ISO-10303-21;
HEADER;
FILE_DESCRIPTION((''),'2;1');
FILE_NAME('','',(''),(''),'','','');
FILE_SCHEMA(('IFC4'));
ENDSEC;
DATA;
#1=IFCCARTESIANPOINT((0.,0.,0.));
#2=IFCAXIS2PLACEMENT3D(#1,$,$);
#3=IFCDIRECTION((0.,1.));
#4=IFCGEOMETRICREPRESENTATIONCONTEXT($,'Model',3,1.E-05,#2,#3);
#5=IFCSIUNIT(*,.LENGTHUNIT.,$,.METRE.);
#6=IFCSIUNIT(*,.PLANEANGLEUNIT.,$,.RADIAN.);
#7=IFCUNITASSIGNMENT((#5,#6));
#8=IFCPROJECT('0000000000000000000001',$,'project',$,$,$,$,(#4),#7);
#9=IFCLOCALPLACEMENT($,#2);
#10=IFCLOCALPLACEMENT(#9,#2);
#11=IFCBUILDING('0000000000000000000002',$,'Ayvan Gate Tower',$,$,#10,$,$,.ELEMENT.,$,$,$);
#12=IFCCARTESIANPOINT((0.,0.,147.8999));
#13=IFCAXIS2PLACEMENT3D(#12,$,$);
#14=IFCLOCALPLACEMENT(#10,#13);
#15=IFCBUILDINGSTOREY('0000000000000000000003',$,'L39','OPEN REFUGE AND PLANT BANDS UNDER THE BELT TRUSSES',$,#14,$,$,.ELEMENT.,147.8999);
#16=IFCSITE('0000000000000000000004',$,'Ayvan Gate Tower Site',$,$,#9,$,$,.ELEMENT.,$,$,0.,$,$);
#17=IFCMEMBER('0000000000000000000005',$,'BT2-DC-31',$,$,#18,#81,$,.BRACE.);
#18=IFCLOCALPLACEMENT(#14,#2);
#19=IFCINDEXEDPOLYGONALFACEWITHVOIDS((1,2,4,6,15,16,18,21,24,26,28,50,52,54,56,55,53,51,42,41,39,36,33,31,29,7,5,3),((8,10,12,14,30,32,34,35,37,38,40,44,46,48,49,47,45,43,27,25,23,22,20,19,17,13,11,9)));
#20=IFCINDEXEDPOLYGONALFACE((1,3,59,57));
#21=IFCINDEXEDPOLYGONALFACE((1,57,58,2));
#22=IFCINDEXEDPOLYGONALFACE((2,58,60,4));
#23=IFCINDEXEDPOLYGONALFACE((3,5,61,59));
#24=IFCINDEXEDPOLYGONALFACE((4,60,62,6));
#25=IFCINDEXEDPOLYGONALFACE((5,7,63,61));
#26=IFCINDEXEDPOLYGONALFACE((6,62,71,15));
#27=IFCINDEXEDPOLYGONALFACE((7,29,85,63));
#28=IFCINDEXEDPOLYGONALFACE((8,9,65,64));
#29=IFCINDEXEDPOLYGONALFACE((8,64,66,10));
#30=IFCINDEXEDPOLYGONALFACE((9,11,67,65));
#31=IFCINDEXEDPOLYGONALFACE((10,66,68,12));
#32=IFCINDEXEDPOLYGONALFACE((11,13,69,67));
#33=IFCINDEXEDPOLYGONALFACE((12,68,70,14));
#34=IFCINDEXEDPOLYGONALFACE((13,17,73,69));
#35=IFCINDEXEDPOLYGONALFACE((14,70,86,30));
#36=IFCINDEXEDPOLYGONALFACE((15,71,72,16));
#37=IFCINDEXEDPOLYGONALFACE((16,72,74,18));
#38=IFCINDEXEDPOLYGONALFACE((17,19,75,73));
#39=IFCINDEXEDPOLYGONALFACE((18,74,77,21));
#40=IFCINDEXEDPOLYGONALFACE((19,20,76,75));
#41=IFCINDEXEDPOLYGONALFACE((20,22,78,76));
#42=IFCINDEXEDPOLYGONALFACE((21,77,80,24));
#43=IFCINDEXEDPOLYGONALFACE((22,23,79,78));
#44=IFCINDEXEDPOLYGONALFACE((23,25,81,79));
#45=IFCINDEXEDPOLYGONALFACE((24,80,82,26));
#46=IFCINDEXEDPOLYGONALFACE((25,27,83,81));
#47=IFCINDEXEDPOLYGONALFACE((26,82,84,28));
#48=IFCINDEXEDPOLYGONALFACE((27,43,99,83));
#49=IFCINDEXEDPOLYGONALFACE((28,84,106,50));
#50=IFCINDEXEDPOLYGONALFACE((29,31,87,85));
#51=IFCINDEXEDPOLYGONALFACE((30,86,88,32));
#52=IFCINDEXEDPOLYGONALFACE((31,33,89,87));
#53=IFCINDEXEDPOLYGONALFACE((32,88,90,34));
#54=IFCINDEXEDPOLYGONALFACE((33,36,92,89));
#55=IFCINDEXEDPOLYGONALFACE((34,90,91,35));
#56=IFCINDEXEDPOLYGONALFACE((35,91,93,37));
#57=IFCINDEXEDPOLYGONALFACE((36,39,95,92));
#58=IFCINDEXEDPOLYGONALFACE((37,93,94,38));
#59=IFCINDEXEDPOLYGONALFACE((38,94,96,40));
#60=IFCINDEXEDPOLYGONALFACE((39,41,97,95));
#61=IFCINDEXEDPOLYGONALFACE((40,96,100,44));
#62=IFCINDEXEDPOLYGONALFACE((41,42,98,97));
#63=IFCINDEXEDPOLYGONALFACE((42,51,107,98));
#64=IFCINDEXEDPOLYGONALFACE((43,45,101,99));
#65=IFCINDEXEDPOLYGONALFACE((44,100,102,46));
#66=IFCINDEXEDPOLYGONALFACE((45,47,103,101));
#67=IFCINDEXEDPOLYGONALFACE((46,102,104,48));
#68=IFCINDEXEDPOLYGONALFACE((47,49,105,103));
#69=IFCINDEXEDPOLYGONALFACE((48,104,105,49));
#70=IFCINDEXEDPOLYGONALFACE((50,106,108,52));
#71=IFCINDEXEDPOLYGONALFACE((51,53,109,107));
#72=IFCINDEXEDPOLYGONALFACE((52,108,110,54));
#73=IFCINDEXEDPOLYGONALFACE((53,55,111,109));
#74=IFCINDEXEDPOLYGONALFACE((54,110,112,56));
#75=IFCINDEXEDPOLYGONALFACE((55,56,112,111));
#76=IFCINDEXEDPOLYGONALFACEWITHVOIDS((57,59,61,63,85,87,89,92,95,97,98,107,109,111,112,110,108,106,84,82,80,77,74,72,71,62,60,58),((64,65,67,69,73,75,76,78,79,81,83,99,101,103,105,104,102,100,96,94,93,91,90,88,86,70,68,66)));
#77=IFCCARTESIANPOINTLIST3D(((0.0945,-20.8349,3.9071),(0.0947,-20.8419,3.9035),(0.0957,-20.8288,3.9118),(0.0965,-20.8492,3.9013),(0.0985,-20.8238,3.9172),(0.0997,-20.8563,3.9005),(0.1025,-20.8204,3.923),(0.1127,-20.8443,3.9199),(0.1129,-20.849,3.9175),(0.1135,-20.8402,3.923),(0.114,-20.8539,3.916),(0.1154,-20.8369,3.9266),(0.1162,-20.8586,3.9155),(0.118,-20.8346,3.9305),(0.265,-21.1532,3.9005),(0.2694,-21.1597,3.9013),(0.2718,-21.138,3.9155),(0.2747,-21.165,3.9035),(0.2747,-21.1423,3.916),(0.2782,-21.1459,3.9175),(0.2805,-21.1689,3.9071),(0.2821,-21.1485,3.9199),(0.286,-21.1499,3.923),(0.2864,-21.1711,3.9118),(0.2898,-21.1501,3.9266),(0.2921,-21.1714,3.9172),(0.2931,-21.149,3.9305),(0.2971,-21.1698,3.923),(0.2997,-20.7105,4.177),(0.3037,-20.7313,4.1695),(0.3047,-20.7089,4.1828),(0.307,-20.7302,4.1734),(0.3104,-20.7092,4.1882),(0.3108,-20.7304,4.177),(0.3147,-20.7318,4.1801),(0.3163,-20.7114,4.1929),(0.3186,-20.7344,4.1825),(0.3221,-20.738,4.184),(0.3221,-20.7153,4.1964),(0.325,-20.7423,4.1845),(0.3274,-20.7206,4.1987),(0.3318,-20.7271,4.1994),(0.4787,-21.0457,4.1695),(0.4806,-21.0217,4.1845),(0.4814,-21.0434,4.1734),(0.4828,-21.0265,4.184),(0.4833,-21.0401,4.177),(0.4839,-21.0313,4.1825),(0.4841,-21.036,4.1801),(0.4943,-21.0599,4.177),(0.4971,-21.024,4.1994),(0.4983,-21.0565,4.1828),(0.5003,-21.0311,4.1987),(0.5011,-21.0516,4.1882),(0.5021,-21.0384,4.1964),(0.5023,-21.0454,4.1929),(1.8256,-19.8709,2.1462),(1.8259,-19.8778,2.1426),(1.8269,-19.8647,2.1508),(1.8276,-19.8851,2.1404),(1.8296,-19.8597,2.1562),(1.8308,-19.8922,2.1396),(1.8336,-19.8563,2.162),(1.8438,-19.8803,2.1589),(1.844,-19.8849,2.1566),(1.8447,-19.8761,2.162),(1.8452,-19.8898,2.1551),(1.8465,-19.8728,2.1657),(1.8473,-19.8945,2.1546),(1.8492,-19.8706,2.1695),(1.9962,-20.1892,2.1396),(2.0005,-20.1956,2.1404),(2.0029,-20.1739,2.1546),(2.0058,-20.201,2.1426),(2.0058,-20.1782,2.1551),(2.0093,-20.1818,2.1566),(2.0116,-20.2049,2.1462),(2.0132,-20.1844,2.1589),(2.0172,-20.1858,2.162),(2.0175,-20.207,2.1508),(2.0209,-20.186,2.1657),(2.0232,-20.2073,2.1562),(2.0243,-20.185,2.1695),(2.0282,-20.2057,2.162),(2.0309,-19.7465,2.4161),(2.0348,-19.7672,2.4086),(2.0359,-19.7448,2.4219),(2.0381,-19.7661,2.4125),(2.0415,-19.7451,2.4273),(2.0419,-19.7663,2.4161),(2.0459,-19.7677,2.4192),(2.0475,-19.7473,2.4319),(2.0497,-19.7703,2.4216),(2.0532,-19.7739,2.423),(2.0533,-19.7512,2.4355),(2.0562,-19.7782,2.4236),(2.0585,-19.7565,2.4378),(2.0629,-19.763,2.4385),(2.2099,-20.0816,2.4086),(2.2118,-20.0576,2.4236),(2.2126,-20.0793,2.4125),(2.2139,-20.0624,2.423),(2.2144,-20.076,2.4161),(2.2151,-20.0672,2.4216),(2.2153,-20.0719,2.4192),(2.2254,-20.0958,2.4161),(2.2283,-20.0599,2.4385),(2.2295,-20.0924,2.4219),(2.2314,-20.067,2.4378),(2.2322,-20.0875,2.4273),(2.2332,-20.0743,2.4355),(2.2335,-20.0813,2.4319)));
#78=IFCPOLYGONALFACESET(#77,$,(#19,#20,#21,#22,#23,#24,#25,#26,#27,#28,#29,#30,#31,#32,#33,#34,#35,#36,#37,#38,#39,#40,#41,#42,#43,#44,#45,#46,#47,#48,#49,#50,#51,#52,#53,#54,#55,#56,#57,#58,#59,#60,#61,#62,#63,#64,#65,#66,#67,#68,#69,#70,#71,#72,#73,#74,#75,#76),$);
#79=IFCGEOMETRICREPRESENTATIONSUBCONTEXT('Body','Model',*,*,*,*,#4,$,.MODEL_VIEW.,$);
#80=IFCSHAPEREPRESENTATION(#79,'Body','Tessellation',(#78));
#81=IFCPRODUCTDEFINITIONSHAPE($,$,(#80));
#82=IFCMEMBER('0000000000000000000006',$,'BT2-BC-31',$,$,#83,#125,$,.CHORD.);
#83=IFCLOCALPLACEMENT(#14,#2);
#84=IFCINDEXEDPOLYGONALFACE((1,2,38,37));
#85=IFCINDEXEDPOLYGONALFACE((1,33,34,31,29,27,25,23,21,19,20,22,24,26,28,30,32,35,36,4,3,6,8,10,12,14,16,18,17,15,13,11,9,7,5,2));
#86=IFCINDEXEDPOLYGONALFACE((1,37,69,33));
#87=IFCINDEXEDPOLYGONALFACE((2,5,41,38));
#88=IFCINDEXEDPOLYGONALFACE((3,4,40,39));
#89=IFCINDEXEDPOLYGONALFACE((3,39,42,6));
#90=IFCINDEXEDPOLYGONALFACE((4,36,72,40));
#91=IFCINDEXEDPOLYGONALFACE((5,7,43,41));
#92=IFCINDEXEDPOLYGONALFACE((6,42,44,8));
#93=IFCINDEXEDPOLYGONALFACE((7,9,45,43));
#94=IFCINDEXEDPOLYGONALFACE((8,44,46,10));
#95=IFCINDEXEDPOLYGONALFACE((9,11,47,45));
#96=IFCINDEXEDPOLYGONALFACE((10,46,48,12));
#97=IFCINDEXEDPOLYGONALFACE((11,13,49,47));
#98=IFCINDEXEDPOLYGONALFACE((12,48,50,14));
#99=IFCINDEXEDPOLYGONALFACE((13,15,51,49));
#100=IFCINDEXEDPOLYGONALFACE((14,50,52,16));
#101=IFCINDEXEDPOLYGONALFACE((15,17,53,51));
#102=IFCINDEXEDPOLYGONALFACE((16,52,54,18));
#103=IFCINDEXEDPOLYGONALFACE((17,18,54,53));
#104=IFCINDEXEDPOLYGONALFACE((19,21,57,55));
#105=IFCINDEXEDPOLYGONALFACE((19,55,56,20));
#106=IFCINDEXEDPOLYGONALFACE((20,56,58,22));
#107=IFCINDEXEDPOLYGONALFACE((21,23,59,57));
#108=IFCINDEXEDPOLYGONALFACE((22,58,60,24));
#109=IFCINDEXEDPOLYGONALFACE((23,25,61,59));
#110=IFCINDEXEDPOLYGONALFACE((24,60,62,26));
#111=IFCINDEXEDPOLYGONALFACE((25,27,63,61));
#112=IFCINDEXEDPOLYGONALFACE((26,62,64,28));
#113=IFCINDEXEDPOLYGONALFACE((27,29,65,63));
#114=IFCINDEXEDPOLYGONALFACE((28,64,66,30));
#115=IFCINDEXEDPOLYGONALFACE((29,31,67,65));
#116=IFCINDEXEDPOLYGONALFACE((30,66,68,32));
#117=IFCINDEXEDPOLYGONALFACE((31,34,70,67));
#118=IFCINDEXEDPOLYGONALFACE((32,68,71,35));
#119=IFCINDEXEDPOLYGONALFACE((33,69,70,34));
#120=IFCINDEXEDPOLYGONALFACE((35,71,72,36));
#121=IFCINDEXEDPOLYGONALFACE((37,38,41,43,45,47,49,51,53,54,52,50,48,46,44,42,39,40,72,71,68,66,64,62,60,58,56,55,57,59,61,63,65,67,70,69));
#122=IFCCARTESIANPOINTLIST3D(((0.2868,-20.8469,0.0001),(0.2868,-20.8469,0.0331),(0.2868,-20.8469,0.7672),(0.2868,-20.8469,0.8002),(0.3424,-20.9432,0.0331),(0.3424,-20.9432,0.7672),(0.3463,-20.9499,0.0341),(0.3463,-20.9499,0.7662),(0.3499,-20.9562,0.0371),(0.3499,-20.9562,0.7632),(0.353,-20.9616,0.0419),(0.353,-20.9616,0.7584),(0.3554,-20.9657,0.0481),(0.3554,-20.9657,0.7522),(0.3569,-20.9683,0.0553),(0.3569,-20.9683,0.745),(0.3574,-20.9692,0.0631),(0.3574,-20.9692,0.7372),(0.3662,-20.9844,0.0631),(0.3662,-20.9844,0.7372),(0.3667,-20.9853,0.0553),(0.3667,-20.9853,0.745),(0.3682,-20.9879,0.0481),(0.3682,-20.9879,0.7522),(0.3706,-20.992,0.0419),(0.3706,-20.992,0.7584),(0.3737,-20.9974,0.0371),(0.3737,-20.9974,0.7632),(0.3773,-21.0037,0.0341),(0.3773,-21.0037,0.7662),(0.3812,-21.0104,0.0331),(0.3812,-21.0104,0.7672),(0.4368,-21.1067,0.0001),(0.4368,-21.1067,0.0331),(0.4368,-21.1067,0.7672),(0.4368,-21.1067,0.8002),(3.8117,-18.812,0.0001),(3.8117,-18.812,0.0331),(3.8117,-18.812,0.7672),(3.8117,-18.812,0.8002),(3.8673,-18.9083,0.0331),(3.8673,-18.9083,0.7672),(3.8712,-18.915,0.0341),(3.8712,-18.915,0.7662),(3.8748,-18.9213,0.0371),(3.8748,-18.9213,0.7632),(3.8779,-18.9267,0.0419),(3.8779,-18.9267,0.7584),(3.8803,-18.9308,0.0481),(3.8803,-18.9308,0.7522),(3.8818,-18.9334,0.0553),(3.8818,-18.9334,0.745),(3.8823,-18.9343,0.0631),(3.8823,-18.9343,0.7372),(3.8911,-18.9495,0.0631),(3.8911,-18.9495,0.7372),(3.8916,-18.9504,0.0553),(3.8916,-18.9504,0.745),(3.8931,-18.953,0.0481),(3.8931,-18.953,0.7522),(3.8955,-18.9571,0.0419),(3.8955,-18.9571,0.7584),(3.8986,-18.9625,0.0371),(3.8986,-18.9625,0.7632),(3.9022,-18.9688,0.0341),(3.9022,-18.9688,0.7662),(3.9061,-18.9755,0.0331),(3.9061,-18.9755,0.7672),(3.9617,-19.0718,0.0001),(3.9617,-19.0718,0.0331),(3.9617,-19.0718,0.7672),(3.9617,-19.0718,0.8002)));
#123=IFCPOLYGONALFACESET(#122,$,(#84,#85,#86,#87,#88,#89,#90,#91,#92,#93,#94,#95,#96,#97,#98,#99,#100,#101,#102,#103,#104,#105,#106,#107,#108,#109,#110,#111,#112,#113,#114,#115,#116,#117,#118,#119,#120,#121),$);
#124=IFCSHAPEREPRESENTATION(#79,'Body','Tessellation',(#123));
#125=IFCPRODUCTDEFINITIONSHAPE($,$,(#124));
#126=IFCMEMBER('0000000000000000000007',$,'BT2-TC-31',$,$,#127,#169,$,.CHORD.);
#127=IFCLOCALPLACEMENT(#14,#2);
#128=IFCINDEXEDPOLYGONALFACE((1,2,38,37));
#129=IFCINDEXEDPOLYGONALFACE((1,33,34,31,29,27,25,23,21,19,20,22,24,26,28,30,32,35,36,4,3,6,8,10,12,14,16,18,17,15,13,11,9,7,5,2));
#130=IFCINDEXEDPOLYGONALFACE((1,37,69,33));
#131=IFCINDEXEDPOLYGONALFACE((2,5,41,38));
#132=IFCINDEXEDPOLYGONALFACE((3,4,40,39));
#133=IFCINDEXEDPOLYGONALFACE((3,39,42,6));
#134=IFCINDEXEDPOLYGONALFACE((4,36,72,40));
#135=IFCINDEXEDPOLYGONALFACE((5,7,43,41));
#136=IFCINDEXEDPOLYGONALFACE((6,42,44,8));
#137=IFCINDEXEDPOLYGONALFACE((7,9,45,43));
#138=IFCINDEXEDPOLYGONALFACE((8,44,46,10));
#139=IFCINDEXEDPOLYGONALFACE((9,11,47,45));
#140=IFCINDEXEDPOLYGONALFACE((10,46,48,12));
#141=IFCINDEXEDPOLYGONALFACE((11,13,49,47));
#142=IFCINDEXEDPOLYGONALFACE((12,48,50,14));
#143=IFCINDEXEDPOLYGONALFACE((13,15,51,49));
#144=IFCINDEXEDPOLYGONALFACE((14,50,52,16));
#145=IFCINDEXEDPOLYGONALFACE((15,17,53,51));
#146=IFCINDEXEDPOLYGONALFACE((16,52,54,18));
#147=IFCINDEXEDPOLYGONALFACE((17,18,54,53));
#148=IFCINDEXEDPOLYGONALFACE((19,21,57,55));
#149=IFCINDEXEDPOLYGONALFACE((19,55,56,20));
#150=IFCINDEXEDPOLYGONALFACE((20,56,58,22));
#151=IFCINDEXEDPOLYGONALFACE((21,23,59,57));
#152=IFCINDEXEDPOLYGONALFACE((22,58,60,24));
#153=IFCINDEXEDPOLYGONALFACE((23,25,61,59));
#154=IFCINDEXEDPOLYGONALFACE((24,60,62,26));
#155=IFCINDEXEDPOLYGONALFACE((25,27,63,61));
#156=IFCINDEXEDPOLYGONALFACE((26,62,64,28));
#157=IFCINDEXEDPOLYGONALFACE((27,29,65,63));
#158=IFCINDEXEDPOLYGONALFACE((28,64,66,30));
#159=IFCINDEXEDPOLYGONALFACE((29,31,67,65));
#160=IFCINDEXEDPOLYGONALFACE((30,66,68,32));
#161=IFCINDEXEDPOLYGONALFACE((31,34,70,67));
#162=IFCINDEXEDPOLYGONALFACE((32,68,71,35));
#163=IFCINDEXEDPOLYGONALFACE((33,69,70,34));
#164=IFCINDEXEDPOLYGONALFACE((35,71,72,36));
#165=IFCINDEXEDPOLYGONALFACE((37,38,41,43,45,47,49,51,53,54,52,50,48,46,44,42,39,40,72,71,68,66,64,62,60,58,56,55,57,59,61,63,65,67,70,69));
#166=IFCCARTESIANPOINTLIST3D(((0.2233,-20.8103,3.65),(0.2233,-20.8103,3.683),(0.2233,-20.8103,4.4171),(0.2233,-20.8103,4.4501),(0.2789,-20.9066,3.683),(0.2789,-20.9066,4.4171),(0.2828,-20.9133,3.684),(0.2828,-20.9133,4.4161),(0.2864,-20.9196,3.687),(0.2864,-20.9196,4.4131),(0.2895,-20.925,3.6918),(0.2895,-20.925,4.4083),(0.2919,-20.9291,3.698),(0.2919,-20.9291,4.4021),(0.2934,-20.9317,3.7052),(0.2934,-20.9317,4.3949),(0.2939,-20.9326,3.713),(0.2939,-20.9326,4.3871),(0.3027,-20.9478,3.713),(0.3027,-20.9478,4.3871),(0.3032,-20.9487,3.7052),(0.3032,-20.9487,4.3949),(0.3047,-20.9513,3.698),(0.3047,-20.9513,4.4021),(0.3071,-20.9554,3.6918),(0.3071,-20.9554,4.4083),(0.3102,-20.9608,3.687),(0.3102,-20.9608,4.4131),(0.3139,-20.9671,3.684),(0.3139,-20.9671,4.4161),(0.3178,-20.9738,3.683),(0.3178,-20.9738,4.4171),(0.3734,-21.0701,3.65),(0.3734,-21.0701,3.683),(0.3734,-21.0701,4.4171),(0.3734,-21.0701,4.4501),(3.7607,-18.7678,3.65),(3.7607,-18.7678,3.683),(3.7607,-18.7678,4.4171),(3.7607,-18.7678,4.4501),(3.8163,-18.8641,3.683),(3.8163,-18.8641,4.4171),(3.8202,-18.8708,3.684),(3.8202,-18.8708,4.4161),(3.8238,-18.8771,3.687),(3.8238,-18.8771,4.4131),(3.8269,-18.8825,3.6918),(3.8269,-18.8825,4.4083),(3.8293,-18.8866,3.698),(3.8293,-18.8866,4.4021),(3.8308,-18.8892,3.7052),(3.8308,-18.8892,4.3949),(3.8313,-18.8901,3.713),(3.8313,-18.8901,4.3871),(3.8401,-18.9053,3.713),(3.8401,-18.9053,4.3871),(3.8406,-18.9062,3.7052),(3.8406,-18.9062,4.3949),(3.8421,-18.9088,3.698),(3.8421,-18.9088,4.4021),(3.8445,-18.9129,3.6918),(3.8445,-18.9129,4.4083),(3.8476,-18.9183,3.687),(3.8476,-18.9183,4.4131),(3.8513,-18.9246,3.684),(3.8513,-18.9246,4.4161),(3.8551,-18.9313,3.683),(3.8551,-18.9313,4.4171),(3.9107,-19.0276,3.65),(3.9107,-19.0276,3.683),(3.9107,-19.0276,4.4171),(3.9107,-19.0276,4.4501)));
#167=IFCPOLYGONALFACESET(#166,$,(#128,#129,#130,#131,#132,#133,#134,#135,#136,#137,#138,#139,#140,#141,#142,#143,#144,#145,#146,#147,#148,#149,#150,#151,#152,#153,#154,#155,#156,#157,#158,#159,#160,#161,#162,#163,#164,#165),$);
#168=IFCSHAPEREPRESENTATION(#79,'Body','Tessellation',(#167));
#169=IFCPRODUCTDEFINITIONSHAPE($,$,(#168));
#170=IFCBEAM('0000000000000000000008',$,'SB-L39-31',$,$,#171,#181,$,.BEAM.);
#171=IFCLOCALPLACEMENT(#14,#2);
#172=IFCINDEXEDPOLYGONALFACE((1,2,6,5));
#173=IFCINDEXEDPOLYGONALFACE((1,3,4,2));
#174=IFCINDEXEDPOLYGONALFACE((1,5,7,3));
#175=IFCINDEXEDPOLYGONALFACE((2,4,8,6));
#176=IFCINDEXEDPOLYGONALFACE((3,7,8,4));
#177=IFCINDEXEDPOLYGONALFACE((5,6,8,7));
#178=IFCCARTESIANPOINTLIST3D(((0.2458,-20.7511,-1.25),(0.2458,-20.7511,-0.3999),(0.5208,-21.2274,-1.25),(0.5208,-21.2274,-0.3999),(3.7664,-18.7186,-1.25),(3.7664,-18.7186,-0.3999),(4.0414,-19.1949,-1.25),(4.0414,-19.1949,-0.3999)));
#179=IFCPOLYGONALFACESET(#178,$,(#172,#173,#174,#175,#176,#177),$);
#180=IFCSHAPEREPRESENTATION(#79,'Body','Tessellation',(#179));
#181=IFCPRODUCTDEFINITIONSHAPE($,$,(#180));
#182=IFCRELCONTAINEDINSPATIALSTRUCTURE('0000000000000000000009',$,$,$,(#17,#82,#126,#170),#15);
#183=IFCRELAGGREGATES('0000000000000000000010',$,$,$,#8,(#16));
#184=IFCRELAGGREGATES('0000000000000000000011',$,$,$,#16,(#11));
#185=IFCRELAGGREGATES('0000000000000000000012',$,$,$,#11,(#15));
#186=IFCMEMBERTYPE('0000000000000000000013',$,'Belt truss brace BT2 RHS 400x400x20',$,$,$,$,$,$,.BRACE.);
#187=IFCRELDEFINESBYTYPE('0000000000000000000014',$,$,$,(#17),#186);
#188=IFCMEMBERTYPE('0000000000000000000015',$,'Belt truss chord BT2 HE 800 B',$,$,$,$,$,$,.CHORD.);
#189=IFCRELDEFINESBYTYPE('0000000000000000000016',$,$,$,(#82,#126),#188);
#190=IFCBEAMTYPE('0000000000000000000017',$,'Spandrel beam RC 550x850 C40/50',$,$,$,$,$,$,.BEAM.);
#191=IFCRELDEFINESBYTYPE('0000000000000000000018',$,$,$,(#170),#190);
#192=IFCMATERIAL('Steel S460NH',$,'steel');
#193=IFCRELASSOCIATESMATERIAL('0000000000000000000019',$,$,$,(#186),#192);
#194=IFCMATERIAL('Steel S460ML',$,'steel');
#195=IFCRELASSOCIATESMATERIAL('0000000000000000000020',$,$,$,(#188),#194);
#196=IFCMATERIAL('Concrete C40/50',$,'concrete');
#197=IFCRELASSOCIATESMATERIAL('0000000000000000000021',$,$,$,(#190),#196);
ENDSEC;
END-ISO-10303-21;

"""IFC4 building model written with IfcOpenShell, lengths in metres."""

from ifc_helpers import new_model, si_unit, direction, frame, origin, origin_2d, place, context, subcontext, project, spatial, rectangle, hollow_rectangle, i_section, extrude, material, material_profile, profile_set, type_object, element, save


model = new_model("IFC4")

# Units and contexts
model_context = context("Model", 3, precision=1e-05, world=origin(), true_north=direction((0.0, 1.0)))
body_context = subcontext(model_context, "Body", "Model", "MODEL_VIEW")
ifc_project = project(units=[si_unit("LENGTHUNIT", "METRE"), si_unit("PLANEANGLEUNIT", "RADIAN")], contexts=[model_context])

# Site, building, storey
site_placement = place(None, origin())
site = spatial("IfcSite", under=ifc_project, at=site_placement, Name="Ayvan Gate Tower Site", CompositionType="ELEMENT", RefElevation=0.0)
building_placement = place(site_placement, origin())
building = spatial("IfcBuilding", under=site, at=building_placement, Name="Ayvan Gate Tower", CompositionType="ELEMENT")
storey_placement = place(building_placement, frame((0.0, 0.0, 147.8999)))
storey = spatial("IfcBuildingStorey", under=building, at=storey_placement, Name="L39", Description="OPEN REFUGE AND PLANT BANDS UNDER THE BELT TRUSSES", CompositionType="ELEMENT", Elevation=147.8999)

# Members
ifc_material_1 = material(Name="Steel S460NH", Category="steel")
ifc_material_profile_1 = material_profile(ifc_material_1, hollow_rectangle(XDim=0.3999, YDim=0.3999, WallThickness=0.02, InnerFilletRadius=0.02, OuterFilletRadius=0.03, at=origin_2d()), Name="RHS 400x400x20")
ifc_profile_set_1 = profile_set([ifc_material_profile_1], Name="Steel S460NH")
member_type_1 = type_object("IfcMemberType", Name="Belt truss brace BT2 RHS 400x400x20", PredefinedType="BRACE", material=ifc_profile_set_1)
member_1_placement = place(storey_placement, frame((2.0295, -19.9761, 2.2891), z_axis=(-0.653044, -0.363682, 0.66428), x_axis=(0.486542, -0.873657, 0.0)))
element("IfcMember", 1, at=member_1_placement, inside=storey, type_object=member_type_1, Name="BT2-DC-31", PredefinedType="BRACE", context=body_context, shape_type="SweptSolid", body=[
    extrude(hollow_rectangle(XDim=0.3999, YDim=0.3999, WallThickness=0.02, InnerFilletRadius=0.02, OuterFilletRadius=0.03, at=origin_2d()), origin(), (0.0, 0.0, 1.0), 2.6509),
])
ifc_material_2 = material(Name="Steel S460ML", Category="steel")
ifc_material_profile_2 = material_profile(ifc_material_2, i_section(OverallWidth=0.3, OverallDepth=0.8, WebThickness=0.0176, FlangeThickness=0.033, FilletRadius=0.03, at=origin_2d()), Name="HE 800 B")
ifc_profile_set_2 = profile_set([ifc_material_profile_2], Name="Steel S460ML")
member_type_2 = type_object("IfcMemberType", Name="Belt truss chord BT2 HE 800 B", PredefinedType="CHORD", material=ifc_profile_set_2)
member_2_placement = place(storey_placement, frame((0.3618, -20.9768, 0.4001), z_axis=(0.866046, 0.499965, 0.0), x_axis=(-0.499965, 0.866046, 0.0)))
element("IfcMember", 2, at=member_2_placement, inside=storey, type_object=member_type_2, Name="BT2-BC-31", PredefinedType="CHORD", context=body_context, shape_type="SweptSolid", body=[
    extrude(i_section(OverallWidth=0.3, OverallDepth=0.8, WebThickness=0.0176, FlangeThickness=0.033, FilletRadius=0.03, at=origin_2d()), origin(), (0.0, 0.0, 1.0), 4.0701),
])
member_3_placement = place(storey_placement, frame((0.2983, -20.9402, 4.05), z_axis=(0.866005, 0.500035, 0.0), x_axis=(-0.500035, 0.866005, 0.0)))
element("IfcMember", 3, at=member_3_placement, inside=storey, type_object=member_type_2, Name="BT2-TC-31", PredefinedType="CHORD", context=body_context, shape_type="SweptSolid", body=[
    extrude(i_section(OverallWidth=0.3, OverallDepth=0.8, WebThickness=0.0176, FlangeThickness=0.033, FilletRadius=0.03, at=origin_2d()), origin(), (0.0, 0.0, 1.0), 4.0847),
])

# Beam
ifc_material_3 = material(Name="Concrete C40/50", Category="concrete")
ifc_material_profile_3 = material_profile(ifc_material_3, rectangle(XDim=0.55, YDim=0.8501, at=origin_2d()), Name="RC 550x850")
ifc_profile_set_3 = profile_set([ifc_material_profile_3], Name="Concrete C40/50")
beam_type_1 = type_object("IfcBeamType", Name="Spandrel beam RC 550x850 C40/50", PredefinedType="BEAM", material=ifc_profile_set_3)
beam_1_placement = place(storey_placement, frame((0.3833, -20.9893, -0.825), z_axis=(0.866036, 0.499982, 0.0), x_axis=(-0.499982, 0.866036, 0.0)))
element("IfcBeam", 4, at=beam_1_placement, inside=storey, type_object=beam_type_1, Name="SB-L39-31", PredefinedType="BEAM", context=body_context, shape_type="SweptSolid", body=[
    extrude(rectangle(XDim=0.55, YDim=0.8501, at=origin_2d()), origin(), (0.0, 0.0, 1.0), 4.0652),
])

save(model, "model.ifc")
